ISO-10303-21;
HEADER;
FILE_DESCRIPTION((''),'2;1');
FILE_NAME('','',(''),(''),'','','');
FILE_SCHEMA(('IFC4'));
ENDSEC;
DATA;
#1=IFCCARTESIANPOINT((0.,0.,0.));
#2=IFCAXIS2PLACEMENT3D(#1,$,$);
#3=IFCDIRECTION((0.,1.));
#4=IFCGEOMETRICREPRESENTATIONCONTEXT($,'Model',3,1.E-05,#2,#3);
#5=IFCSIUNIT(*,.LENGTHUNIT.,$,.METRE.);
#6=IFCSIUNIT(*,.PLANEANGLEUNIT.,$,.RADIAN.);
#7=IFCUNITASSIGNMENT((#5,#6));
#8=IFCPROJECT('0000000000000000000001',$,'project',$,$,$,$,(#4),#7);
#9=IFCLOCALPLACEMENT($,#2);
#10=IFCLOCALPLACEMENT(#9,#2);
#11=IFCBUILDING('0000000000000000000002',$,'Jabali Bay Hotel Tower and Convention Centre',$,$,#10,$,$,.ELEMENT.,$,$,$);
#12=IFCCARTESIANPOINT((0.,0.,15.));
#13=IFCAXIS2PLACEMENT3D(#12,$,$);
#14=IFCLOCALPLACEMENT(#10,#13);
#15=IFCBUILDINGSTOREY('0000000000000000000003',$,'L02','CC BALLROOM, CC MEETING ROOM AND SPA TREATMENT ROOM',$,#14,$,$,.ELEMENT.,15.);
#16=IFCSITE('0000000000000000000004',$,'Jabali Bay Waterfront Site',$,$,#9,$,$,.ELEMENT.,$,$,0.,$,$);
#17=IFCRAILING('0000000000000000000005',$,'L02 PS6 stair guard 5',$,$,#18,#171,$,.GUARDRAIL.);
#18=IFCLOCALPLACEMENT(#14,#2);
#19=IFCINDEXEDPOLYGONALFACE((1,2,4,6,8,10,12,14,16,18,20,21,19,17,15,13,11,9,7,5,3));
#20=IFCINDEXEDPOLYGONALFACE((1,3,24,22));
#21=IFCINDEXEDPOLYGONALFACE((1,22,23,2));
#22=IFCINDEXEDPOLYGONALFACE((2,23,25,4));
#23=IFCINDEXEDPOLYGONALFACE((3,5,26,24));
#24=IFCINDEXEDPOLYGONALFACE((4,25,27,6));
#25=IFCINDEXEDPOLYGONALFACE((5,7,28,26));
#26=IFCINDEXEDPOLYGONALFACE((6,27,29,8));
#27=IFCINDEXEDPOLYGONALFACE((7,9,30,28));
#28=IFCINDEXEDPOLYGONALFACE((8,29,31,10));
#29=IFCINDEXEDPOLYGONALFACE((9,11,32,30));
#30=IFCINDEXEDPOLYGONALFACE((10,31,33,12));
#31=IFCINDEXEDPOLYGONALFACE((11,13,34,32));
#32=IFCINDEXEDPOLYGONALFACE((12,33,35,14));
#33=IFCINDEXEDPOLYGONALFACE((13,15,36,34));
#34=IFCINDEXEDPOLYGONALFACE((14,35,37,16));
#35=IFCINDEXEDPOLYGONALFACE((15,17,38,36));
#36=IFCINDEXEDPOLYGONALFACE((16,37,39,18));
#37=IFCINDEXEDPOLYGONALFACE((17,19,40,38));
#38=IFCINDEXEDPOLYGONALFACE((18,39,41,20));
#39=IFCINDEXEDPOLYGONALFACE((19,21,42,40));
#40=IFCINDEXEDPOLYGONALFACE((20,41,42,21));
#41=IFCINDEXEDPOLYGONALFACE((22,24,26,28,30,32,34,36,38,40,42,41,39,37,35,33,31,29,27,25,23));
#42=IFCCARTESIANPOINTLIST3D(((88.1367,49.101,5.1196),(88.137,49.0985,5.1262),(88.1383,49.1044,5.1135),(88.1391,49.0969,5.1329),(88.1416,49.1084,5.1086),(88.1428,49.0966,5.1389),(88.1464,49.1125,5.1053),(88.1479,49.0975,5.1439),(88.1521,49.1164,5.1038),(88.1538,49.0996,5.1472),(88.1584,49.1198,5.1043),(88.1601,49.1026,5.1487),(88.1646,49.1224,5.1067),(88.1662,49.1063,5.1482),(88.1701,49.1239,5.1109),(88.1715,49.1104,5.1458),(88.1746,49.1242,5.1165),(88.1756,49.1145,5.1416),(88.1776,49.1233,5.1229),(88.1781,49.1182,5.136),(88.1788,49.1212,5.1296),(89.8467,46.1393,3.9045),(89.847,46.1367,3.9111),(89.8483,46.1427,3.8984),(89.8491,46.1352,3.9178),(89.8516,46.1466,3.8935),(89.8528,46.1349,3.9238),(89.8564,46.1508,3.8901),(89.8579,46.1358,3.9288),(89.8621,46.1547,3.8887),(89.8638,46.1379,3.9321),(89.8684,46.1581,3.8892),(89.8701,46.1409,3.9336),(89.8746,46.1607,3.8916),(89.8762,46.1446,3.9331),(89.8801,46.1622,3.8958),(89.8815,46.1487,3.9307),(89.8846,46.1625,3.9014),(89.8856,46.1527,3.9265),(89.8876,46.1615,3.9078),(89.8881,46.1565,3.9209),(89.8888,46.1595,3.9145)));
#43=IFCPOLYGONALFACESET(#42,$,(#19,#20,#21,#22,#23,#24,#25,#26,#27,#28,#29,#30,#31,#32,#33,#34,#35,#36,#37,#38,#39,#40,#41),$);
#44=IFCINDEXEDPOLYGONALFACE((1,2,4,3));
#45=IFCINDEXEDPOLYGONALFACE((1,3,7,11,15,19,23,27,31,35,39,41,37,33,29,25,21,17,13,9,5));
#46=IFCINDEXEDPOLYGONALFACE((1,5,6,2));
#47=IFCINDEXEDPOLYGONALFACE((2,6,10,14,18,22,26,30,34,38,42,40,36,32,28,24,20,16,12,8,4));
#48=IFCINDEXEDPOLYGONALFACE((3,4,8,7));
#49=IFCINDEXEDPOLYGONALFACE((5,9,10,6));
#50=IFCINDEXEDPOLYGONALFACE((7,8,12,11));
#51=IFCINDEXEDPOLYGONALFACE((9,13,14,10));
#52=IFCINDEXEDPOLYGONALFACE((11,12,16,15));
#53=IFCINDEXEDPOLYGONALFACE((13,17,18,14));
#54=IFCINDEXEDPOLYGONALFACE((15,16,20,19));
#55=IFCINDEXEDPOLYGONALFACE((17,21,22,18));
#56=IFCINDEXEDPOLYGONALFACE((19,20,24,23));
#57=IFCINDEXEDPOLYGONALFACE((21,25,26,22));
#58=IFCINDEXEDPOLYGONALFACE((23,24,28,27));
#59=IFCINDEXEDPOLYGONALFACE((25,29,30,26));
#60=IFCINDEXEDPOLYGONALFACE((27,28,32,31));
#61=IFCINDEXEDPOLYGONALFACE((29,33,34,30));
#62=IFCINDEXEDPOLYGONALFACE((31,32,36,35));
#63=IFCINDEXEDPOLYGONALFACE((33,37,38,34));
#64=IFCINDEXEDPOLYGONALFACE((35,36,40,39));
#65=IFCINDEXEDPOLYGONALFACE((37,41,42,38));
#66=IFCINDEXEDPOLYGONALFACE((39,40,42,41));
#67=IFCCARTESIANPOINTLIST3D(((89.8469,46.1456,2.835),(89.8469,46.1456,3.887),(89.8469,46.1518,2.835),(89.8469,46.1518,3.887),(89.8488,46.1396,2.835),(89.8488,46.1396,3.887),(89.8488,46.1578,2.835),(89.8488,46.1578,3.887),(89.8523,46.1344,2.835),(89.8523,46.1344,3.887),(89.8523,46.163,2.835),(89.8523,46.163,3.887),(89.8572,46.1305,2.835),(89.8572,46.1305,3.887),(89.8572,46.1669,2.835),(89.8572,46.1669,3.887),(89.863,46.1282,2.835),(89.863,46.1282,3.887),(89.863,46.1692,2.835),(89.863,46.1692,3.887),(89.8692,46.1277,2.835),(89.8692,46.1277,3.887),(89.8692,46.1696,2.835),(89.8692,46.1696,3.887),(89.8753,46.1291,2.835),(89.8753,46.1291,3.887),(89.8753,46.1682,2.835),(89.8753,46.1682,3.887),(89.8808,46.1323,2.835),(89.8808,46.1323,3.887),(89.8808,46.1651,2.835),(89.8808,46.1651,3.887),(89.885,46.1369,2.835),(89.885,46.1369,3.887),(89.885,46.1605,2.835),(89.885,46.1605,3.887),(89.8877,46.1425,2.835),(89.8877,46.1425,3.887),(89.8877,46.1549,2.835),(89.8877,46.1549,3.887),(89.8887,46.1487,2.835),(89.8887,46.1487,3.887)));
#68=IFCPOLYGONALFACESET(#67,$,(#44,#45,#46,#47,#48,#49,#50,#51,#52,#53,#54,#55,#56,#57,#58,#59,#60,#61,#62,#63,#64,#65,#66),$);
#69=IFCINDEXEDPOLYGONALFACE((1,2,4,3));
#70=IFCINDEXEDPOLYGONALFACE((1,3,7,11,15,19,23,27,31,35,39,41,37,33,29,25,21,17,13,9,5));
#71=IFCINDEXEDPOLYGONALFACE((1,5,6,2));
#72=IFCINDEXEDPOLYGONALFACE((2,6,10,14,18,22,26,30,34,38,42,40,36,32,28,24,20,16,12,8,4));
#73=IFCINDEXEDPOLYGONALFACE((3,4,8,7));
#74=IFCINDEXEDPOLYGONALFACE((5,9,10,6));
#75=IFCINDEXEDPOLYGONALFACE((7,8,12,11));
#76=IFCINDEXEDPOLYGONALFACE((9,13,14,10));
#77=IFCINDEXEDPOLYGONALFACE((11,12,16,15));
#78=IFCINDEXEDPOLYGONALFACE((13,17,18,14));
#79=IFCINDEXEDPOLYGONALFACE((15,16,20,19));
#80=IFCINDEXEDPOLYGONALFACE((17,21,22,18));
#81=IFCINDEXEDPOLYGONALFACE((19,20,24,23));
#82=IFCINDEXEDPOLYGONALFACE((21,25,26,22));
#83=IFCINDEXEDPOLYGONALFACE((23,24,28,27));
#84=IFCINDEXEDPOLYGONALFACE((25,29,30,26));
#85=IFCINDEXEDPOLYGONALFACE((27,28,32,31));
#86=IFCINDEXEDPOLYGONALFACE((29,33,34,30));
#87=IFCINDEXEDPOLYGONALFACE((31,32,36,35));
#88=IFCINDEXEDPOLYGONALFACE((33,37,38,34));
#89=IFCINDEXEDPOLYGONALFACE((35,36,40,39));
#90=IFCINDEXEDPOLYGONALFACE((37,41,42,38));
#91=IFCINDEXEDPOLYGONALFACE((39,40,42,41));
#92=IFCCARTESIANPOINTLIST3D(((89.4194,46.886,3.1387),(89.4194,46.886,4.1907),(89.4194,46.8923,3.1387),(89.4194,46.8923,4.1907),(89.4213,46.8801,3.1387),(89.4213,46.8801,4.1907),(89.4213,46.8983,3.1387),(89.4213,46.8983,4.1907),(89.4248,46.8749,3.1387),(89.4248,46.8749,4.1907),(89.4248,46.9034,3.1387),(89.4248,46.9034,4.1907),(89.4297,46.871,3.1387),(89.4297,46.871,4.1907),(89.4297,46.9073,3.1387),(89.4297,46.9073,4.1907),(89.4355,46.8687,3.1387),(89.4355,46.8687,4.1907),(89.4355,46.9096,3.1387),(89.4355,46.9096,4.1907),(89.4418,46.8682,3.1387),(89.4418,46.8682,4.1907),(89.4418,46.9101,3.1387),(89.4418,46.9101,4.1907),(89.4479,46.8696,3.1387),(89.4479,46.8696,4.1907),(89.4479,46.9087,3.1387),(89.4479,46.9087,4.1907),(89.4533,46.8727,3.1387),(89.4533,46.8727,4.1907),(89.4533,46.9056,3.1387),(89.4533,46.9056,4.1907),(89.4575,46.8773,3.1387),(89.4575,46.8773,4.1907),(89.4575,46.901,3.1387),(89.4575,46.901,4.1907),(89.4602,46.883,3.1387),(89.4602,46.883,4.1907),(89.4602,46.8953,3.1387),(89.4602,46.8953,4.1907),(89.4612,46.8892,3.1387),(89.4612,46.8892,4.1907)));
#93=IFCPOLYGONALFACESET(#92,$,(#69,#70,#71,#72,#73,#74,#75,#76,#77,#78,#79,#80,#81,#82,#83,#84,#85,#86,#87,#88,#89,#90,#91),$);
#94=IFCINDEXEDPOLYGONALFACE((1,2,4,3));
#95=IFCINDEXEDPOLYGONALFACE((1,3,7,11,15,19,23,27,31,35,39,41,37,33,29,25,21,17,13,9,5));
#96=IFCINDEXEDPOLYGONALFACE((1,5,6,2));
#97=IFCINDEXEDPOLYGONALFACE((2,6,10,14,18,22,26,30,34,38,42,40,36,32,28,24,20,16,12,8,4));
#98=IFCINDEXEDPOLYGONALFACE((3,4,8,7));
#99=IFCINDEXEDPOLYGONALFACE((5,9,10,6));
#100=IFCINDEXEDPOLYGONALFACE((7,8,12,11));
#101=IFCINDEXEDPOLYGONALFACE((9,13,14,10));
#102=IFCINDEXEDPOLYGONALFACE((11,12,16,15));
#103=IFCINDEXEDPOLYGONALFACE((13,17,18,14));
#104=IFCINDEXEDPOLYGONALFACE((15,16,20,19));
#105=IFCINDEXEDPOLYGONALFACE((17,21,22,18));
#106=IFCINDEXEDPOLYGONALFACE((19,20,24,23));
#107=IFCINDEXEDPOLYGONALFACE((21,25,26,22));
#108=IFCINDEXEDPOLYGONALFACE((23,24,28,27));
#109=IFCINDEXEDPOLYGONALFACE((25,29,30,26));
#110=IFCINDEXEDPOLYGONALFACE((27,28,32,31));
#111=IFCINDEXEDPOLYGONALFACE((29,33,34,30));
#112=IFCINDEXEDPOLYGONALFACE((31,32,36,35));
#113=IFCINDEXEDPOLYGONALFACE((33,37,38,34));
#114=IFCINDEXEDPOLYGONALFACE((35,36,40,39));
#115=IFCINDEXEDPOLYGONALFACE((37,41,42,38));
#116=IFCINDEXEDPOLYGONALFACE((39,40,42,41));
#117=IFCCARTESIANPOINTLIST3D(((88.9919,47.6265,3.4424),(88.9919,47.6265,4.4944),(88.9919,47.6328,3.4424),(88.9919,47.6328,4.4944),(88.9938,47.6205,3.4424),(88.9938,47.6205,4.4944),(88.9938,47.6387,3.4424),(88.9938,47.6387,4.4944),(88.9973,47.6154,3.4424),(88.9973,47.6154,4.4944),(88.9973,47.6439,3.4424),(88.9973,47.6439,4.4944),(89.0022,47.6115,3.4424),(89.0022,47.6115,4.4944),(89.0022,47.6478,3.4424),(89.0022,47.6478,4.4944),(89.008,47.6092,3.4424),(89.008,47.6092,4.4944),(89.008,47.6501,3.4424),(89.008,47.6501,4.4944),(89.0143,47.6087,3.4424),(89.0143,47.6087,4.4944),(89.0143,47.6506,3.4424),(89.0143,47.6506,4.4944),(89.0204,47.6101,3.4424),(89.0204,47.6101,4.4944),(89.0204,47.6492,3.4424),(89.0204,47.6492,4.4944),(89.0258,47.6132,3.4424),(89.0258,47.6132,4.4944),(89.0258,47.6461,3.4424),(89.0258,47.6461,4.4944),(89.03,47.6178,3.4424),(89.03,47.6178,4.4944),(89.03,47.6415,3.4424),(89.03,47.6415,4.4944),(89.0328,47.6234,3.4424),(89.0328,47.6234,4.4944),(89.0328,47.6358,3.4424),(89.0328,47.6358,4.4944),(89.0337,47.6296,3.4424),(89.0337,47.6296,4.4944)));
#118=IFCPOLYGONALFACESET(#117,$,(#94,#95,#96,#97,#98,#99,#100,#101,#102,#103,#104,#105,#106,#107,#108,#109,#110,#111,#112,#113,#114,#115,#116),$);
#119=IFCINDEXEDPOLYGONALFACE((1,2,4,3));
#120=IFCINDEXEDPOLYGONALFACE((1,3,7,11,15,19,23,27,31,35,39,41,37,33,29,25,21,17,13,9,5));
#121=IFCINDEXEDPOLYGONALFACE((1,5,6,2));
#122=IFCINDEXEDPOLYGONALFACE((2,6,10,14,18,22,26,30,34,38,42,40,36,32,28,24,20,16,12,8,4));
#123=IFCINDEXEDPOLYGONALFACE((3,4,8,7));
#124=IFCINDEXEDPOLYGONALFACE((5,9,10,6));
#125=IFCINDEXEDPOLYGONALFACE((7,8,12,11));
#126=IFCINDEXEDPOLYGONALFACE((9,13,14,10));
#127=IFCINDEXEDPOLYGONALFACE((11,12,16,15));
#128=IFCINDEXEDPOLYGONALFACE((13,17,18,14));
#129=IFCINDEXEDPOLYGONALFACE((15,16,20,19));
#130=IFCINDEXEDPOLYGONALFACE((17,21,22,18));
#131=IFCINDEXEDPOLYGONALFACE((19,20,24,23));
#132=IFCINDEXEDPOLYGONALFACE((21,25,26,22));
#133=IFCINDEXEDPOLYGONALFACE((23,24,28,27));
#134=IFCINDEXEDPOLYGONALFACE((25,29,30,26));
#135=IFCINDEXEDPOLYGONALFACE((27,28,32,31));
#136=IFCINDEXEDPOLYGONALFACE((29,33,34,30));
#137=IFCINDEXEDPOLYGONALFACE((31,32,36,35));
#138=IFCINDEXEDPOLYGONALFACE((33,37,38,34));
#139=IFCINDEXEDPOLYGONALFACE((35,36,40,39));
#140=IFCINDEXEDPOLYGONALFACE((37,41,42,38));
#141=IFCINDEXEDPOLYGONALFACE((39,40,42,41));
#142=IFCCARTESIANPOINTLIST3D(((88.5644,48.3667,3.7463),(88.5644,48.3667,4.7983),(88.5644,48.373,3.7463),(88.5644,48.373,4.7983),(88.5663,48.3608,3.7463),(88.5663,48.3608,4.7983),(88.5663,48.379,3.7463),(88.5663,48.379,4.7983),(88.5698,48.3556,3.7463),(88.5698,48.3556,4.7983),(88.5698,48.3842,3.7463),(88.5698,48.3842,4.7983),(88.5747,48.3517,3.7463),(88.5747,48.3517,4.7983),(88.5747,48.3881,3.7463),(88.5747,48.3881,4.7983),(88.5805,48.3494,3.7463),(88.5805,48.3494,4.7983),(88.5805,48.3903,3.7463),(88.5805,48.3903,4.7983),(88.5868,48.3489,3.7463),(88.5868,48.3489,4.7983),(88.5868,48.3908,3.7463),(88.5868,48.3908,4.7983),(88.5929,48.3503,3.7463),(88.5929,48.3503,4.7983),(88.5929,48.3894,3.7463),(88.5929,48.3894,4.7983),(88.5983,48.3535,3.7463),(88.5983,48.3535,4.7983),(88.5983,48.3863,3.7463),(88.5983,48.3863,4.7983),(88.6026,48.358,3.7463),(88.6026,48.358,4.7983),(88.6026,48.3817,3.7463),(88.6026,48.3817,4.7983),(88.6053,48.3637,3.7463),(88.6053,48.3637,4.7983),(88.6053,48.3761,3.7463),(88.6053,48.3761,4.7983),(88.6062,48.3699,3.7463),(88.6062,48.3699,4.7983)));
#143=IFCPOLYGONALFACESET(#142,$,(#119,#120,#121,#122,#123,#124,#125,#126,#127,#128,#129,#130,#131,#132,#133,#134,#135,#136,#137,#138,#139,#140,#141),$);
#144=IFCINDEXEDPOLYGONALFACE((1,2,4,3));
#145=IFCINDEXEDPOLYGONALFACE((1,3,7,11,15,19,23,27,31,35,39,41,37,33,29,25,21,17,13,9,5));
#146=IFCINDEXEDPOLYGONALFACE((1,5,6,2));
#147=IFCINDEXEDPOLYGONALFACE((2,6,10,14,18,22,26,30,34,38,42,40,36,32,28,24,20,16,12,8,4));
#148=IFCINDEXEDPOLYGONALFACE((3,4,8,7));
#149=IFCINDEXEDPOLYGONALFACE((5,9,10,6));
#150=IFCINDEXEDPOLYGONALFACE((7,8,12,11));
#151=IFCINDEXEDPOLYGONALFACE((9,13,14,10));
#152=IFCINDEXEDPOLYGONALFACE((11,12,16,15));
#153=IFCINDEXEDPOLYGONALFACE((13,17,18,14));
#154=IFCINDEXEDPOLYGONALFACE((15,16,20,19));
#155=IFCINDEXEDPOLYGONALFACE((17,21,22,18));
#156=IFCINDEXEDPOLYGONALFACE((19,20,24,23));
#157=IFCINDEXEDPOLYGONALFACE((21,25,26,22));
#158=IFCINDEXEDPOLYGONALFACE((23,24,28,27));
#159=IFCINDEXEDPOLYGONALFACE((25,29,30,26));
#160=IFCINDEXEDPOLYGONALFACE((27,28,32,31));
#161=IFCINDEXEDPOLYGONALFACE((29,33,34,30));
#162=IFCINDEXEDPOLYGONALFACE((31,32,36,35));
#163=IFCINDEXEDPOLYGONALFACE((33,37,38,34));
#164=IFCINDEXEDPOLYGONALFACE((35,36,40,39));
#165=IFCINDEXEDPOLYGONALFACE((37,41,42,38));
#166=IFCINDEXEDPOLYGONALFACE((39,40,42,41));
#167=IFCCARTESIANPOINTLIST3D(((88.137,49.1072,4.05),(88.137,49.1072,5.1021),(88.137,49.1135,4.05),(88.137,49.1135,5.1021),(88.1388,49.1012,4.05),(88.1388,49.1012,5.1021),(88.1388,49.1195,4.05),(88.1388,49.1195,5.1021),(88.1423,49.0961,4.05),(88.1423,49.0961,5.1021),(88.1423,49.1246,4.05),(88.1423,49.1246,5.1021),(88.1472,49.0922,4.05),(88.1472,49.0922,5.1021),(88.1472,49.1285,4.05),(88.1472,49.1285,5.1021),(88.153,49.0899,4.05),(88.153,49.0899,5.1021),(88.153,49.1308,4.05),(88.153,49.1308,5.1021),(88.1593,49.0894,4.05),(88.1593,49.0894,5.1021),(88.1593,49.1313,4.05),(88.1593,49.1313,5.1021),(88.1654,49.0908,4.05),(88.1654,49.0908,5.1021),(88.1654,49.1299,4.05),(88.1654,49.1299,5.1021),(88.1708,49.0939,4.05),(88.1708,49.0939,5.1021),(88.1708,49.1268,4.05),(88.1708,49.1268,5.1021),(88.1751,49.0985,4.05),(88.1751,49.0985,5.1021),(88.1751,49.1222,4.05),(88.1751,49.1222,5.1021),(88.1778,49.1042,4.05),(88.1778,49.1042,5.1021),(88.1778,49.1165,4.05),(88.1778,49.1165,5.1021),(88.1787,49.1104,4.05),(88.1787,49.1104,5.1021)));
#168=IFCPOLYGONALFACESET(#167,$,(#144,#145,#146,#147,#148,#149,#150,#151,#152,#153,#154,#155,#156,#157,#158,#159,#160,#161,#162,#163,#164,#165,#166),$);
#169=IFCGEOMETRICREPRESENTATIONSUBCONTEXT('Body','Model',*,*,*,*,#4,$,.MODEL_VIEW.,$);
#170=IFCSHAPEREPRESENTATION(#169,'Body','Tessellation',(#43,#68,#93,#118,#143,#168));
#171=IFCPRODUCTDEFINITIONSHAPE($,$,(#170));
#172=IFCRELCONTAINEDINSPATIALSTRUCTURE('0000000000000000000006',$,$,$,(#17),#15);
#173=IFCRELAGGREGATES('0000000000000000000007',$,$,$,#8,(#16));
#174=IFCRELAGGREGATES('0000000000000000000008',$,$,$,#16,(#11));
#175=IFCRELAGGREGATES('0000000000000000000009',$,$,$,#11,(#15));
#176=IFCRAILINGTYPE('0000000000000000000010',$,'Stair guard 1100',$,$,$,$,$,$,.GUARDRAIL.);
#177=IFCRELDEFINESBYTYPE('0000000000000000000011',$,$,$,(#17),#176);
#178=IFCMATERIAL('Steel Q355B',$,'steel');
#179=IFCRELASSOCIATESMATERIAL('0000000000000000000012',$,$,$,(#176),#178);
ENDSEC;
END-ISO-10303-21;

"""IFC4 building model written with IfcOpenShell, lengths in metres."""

from ifc_helpers import new_model, si_unit, direction, frame, origin, origin_2d, place, context, subcontext, project, spatial, circle, extrude, material, type_object, element, save


model = new_model("IFC4")

# Units and contexts
model_context = context("Model", 3, precision=1e-05, world=origin(), true_north=direction((0.0, 1.0)))
body_context = subcontext(model_context, "Body", "Model", "MODEL_VIEW")
ifc_project = project(units=[si_unit("LENGTHUNIT", "METRE"), si_unit("PLANEANGLEUNIT", "RADIAN")], contexts=[model_context])

# Site, building, storey
site_placement = place(None, origin())
site = spatial("IfcSite", under=ifc_project, at=site_placement, Name="Jabali Bay Waterfront Site", CompositionType="ELEMENT", RefElevation=0.0)
building_placement = place(site_placement, origin())
building = spatial("IfcBuilding", under=site, at=building_placement, Name="Jabali Bay Hotel Tower and Convention Centre", CompositionType="ELEMENT")
storey_placement = place(building_placement, frame((0.0, 0.0, 15.0)))
storey = spatial("IfcBuildingStorey", under=building, at=storey_placement, Name="L02", Description="CC BALLROOM, CC MEETING ROOM AND SPA TREATMENT ROOM", CompositionType="ELEMENT", Elevation=15.0)

# Railing
ifc_material_1 = material(Name="Steel Q355B", Category="steel")
railing_type_1 = type_object("IfcRailingType", Name="Stair guard 1100", PredefinedType="GUARDRAIL", material=ifc_material_1)
railing_1_placement = place(storey_placement, frame((89.8677, 46.1487, 2.835)))
element("IfcRailing", 1, at=railing_1_placement, inside=storey, type_object=railing_type_1, Name="L02 PS6 stair guard 5", PredefinedType="GUARDRAIL", context=body_context, shape_type="SweptSolid", body=[
    extrude(circle(Radius=0.0239, at=origin_2d()), frame((0.0, 0.0, 1.0762), z_axis=(-0.471153, 0.816042, 0.334799), x_axis=(-0.86602, -0.500009, 0.0)), (0.0, 0.0, 1.0), 3.6294),
    extrude(circle(Radius=0.021, at=origin_2d()), origin(), (0.0, 0.0, 1.0), 1.052),
    extrude(circle(Radius=0.021, at=origin_2d()), frame((-0.4275, 0.7405, 0.3037)), (0.0, 0.0, 1.0), 1.052),
    extrude(circle(Radius=0.021, at=origin_2d()), frame((-0.855, 1.481, 0.6074)), (0.0, 0.0, 1.0), 1.052),
    extrude(circle(Radius=0.021, at=origin_2d()), frame((-1.2825, 2.2212, 0.9114)), (0.0, 0.0, 1.0), 1.052),
    extrude(circle(Radius=0.021, at=origin_2d()), frame((-1.71, 2.9617, 1.2151)), (0.0, 0.0, 1.0), 1.052),
])

save(model, "model.ifc")
